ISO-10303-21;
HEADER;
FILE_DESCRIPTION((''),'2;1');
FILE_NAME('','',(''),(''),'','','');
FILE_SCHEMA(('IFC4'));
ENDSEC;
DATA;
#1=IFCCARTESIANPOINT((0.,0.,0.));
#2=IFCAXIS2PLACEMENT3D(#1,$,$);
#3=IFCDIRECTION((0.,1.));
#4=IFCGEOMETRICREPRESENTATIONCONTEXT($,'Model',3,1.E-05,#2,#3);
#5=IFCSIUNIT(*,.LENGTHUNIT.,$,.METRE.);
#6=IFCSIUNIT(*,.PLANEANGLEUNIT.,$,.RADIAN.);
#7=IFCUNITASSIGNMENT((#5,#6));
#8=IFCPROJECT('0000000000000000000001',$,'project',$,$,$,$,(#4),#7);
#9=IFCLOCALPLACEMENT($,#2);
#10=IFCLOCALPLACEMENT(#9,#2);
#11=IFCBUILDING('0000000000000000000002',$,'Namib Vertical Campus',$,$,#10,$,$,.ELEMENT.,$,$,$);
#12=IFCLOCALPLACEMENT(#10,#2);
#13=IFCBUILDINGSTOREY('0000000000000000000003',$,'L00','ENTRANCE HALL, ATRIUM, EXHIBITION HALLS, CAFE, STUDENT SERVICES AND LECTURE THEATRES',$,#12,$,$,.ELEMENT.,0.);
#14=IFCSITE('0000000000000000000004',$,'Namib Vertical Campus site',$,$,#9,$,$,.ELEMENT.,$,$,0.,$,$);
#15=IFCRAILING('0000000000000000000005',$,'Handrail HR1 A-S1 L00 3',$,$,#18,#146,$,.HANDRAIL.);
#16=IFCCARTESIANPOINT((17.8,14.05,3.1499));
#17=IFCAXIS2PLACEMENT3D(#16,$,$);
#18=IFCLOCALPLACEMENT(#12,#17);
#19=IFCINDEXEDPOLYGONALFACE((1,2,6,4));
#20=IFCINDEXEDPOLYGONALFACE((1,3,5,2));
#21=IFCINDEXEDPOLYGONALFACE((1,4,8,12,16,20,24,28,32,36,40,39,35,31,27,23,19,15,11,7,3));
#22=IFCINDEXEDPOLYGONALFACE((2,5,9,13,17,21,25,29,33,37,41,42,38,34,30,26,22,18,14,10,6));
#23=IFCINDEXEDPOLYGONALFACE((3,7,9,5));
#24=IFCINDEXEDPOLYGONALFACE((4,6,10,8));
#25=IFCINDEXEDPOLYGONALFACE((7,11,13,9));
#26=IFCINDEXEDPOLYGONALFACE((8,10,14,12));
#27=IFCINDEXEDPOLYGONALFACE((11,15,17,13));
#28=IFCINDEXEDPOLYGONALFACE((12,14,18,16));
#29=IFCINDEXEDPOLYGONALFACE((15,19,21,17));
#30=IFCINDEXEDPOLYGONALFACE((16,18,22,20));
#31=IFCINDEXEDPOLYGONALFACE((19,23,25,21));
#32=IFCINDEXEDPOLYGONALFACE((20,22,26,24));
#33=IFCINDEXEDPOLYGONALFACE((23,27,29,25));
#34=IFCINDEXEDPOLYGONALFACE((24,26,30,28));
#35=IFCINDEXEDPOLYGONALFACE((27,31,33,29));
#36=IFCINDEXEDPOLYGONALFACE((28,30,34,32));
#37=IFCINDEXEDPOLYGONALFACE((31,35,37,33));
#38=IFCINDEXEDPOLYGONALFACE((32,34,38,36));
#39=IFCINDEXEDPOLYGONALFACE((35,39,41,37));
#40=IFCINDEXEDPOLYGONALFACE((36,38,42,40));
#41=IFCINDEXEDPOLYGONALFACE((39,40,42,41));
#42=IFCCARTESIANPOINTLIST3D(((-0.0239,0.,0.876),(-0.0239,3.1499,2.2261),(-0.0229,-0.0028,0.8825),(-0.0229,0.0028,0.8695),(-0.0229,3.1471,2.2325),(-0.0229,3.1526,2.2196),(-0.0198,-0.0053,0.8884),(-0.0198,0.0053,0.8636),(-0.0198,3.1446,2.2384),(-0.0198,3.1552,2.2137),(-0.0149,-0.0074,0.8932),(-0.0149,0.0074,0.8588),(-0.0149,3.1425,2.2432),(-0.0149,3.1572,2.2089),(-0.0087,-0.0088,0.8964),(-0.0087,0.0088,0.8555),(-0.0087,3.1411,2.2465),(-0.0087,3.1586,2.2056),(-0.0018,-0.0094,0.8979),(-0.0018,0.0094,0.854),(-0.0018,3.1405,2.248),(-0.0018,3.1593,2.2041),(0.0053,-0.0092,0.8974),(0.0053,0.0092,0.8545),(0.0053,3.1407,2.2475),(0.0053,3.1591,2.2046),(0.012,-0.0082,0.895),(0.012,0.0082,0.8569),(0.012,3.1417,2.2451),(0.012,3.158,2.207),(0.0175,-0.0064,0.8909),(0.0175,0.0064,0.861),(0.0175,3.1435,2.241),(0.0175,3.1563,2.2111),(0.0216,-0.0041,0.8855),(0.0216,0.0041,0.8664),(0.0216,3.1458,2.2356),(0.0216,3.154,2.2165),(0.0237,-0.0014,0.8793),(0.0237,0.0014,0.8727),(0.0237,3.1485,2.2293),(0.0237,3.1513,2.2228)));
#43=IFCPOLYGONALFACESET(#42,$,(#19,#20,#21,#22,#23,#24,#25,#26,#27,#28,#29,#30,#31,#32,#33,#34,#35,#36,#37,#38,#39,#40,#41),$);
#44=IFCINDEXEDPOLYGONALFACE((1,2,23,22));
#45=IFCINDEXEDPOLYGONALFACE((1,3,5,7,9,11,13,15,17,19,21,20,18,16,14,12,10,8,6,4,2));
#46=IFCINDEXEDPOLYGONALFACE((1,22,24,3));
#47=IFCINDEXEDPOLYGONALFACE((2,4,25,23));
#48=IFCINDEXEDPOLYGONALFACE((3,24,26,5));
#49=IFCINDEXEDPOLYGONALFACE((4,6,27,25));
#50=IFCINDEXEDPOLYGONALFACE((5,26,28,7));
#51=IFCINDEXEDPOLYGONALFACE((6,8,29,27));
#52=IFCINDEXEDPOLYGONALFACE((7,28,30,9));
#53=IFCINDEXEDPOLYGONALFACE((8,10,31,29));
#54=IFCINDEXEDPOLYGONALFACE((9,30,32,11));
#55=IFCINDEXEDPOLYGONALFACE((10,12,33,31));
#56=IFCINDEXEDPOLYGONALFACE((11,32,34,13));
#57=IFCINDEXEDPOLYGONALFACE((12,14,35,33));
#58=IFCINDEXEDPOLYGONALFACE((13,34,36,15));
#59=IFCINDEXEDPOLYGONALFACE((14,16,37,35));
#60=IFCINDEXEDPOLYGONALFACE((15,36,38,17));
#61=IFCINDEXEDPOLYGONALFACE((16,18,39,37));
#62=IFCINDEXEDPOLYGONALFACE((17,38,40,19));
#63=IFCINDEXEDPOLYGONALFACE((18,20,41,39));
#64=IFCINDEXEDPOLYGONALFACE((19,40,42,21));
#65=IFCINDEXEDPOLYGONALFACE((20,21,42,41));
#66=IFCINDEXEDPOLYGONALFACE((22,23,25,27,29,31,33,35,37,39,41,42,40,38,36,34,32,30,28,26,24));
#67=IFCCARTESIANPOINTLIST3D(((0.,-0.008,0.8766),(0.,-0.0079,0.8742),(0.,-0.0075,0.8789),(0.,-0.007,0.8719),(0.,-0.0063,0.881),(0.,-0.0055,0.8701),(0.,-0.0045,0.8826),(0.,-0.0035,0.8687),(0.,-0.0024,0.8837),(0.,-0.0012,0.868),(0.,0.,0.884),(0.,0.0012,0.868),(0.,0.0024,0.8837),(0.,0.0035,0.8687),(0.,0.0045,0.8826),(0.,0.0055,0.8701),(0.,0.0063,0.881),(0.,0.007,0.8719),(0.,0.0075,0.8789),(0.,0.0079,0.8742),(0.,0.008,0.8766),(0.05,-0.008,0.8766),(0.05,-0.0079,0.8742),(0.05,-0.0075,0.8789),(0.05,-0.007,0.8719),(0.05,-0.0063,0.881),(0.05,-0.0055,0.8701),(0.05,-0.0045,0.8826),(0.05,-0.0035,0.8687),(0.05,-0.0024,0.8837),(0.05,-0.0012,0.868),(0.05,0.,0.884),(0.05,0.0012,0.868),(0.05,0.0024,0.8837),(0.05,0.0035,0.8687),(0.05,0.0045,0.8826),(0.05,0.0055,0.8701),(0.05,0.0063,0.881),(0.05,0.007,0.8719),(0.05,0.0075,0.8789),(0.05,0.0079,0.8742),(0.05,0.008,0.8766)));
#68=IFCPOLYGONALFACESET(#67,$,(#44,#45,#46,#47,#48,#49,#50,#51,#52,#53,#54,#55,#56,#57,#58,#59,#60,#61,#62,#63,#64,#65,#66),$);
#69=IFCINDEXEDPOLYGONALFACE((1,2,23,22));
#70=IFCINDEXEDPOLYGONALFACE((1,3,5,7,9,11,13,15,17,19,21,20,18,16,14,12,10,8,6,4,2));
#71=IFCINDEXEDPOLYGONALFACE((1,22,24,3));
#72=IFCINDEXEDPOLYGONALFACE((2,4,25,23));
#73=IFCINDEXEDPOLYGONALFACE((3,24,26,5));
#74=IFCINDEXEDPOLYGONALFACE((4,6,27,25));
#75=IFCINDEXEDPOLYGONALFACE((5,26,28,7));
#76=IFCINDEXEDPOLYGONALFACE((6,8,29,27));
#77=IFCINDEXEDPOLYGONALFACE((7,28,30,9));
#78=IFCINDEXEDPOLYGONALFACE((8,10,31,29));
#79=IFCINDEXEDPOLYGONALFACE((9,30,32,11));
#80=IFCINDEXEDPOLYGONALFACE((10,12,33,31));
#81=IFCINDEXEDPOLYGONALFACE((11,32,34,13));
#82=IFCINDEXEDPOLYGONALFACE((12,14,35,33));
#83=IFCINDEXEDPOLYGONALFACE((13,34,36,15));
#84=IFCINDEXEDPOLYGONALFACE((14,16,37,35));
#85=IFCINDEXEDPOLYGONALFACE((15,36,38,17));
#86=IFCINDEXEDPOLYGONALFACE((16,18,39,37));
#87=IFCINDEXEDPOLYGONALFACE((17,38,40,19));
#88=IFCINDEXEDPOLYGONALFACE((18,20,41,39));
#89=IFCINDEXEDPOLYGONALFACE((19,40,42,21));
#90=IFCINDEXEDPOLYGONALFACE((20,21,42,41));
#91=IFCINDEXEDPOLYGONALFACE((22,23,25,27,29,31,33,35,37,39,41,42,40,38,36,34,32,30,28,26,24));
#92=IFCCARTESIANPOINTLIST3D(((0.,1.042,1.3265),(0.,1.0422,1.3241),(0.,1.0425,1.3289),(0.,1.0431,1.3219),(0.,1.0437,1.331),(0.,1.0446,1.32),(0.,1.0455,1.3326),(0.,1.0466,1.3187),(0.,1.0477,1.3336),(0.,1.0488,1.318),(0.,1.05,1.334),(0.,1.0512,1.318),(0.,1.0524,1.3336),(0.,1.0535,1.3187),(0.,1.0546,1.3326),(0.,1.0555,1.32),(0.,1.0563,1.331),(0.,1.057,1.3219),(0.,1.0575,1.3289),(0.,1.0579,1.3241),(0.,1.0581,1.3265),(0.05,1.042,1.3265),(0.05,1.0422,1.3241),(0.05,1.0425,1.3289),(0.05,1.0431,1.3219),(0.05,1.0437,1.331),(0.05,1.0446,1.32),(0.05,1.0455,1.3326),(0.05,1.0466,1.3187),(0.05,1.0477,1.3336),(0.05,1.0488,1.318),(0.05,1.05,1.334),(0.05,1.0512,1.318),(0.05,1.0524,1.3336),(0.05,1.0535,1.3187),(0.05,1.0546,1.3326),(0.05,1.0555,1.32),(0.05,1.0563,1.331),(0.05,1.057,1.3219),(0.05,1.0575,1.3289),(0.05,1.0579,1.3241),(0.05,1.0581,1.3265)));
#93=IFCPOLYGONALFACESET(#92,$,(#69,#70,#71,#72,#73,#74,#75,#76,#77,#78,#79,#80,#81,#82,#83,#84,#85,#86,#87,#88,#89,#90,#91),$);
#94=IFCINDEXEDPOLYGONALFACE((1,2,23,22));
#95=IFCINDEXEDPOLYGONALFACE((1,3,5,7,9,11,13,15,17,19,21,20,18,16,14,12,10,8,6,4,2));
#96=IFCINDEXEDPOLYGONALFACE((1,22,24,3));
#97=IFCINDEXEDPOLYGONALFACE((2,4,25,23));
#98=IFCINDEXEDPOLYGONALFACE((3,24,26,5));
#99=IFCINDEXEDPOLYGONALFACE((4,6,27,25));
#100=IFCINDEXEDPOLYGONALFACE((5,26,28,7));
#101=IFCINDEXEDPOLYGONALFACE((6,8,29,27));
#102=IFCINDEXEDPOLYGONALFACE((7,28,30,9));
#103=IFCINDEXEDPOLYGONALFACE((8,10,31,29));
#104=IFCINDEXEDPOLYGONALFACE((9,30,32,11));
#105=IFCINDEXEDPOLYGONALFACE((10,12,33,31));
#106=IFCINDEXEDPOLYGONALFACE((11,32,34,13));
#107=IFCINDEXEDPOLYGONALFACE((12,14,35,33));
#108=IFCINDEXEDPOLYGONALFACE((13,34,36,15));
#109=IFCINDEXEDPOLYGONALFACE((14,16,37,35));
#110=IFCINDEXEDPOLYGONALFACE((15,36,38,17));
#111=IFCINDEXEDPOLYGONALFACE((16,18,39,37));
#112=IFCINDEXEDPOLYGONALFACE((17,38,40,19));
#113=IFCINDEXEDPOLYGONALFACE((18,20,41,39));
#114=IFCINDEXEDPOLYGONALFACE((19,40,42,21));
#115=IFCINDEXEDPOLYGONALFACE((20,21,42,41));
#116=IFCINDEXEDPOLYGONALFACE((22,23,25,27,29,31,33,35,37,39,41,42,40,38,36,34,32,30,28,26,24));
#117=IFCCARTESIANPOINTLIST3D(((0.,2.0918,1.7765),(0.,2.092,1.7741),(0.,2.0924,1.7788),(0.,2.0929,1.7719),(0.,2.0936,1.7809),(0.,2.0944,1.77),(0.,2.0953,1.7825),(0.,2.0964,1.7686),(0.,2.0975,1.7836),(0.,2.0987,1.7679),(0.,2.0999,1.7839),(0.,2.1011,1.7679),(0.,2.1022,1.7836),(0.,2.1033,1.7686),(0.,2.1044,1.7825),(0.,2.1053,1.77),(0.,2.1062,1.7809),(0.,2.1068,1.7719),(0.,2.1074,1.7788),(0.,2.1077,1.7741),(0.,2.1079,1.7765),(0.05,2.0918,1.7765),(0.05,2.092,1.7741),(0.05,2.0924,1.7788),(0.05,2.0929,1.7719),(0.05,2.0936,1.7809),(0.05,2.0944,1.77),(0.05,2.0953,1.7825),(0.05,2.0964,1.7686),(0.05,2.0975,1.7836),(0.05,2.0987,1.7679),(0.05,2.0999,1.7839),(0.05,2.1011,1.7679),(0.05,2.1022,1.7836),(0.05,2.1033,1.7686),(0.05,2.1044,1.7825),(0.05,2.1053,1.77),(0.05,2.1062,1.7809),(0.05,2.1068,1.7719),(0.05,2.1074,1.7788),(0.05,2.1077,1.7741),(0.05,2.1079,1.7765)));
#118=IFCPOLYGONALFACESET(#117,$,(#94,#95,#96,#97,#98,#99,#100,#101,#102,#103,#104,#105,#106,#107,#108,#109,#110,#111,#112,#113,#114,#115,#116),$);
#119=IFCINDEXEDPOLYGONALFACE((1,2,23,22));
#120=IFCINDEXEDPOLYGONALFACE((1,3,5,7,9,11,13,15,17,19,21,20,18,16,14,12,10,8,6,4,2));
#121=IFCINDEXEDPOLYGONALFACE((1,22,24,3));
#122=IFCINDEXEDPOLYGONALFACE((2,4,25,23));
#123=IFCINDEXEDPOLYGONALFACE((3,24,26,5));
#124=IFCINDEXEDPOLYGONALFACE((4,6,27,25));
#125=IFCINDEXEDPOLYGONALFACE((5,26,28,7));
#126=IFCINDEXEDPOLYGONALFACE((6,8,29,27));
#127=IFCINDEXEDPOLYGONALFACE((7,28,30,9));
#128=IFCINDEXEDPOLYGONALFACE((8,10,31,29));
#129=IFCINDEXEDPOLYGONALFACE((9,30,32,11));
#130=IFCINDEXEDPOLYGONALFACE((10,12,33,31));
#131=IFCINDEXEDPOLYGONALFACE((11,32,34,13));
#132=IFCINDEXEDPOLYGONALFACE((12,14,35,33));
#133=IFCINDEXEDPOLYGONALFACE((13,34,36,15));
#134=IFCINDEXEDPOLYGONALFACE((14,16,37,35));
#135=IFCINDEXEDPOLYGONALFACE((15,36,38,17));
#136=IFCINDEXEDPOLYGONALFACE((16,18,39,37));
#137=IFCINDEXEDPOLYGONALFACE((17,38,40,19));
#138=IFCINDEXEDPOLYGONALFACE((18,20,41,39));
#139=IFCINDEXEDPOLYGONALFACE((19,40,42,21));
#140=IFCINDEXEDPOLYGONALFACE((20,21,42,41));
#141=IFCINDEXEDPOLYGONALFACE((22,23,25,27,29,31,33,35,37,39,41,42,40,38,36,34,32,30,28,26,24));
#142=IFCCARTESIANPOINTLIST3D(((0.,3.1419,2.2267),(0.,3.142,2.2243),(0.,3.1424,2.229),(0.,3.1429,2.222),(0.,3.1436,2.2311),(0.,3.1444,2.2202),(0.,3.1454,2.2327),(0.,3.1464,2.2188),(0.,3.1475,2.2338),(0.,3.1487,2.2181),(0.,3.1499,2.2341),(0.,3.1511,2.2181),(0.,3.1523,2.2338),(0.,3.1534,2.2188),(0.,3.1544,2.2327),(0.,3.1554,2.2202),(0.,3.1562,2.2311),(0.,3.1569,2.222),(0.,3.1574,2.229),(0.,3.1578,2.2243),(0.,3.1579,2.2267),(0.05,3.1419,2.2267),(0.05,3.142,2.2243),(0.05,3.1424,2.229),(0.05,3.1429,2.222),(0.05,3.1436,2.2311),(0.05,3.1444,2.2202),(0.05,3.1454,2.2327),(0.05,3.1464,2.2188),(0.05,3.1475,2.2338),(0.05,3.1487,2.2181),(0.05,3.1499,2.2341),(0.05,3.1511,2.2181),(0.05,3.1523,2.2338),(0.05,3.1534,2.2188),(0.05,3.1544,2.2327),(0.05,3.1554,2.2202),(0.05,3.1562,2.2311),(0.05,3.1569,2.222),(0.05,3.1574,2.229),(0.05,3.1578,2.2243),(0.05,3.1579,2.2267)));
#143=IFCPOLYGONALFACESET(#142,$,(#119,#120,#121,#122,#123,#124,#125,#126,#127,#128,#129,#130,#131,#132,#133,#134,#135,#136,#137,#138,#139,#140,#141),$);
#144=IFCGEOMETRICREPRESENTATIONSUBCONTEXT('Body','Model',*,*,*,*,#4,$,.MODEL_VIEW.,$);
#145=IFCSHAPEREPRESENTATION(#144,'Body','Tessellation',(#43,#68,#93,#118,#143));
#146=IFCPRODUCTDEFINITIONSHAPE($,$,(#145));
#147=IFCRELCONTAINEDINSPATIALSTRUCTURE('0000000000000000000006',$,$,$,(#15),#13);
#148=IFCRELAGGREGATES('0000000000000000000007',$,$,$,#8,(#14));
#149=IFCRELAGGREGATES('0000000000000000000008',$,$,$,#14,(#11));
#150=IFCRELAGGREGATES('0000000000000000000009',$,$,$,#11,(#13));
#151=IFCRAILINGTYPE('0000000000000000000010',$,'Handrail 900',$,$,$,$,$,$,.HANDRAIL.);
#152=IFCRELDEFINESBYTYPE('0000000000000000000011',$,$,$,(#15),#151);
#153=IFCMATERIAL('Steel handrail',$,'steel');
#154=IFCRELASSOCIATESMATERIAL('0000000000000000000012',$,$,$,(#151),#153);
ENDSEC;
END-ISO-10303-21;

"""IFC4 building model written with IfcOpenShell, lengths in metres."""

from ifc_helpers import new_model, si_unit, direction, frame, origin, origin_2d, place, context, subcontext, project, spatial, circle, extrude, material, type_object, element, save


model = new_model("IFC4")

# Units and contexts
model_context = context("Model", 3, precision=1e-05, world=origin(), true_north=direction((0.0, 1.0)))
body_context = subcontext(model_context, "Body", "Model", "MODEL_VIEW")
ifc_project = project(units=[si_unit("LENGTHUNIT", "METRE"), si_unit("PLANEANGLEUNIT", "RADIAN")], contexts=[model_context])

# Site, building, storey
site_placement = place(None, origin())
site = spatial("IfcSite", under=ifc_project, at=site_placement, Name="Namib Vertical Campus site", CompositionType="ELEMENT", RefElevation=0.0)
building_placement = place(site_placement, origin())
building = spatial("IfcBuilding", under=site, at=building_placement, Name="Namib Vertical Campus", CompositionType="ELEMENT")
storey_placement = place(building_placement, origin())
storey = spatial("IfcBuildingStorey", under=building, at=storey_placement, Name="L00", Description="ENTRANCE HALL, ATRIUM, EXHIBITION HALLS, CAFE, STUDENT SERVICES AND LECTURE THEATRES", CompositionType="ELEMENT", Elevation=0.0)

# Railing
ifc_material_1 = material(Name="Steel handrail", Category="steel")
railing_type = type_object("IfcRailingType", Name="Handrail 900", PredefinedType="HANDRAIL", material=ifc_material_1)
railing_1_placement = place(storey_placement, frame((17.8, 14.05, 3.1499)))
element("IfcRailing", 1, at=railing_1_placement, inside=storey, type_object=railing_type, Name="Handrail HR1 A-S1 L00 3", PredefinedType="HANDRAIL", context=body_context, shape_type="SweptSolid", body=[
    extrude(circle(Radius=0.0239, at=origin_2d()), frame((0.0, 0.0, 0.876), z_axis=(0.0, 0.91913, 0.393954), x_axis=(-1.0, 0.0, 0.0)), (0.0, 0.0, 1.0), 3.427),
    extrude(circle(Radius=0.0081, at=origin_2d()), frame((0.0, 0.0, 0.876), z_axis=(1.0, 0.0, 0.0), x_axis=(0.0, 0.0, 1.0)), (0.0, 0.0, 1.0), 0.05),
    extrude(circle(Radius=0.0081, at=origin_2d()), frame((0.0, 1.05, 1.3259), z_axis=(1.0, 0.0, 0.0), x_axis=(0.0, 0.0, 1.0)), (0.0, 0.0, 1.0), 0.05),
    extrude(circle(Radius=0.0081, at=origin_2d()), frame((0.0, 2.0999, 1.7759), z_axis=(1.0, 0.0, 0.0), x_axis=(0.0, 0.0, 1.0)), (0.0, 0.0, 1.0), 0.05),
    extrude(circle(Radius=0.0081, at=origin_2d()), frame((0.0, 3.1499, 2.2261), z_axis=(1.0, 0.0, 0.0), x_axis=(0.0, 0.0, 1.0)), (0.0, 0.0, 1.0), 0.05),
])

save(model, "model.ifc")
